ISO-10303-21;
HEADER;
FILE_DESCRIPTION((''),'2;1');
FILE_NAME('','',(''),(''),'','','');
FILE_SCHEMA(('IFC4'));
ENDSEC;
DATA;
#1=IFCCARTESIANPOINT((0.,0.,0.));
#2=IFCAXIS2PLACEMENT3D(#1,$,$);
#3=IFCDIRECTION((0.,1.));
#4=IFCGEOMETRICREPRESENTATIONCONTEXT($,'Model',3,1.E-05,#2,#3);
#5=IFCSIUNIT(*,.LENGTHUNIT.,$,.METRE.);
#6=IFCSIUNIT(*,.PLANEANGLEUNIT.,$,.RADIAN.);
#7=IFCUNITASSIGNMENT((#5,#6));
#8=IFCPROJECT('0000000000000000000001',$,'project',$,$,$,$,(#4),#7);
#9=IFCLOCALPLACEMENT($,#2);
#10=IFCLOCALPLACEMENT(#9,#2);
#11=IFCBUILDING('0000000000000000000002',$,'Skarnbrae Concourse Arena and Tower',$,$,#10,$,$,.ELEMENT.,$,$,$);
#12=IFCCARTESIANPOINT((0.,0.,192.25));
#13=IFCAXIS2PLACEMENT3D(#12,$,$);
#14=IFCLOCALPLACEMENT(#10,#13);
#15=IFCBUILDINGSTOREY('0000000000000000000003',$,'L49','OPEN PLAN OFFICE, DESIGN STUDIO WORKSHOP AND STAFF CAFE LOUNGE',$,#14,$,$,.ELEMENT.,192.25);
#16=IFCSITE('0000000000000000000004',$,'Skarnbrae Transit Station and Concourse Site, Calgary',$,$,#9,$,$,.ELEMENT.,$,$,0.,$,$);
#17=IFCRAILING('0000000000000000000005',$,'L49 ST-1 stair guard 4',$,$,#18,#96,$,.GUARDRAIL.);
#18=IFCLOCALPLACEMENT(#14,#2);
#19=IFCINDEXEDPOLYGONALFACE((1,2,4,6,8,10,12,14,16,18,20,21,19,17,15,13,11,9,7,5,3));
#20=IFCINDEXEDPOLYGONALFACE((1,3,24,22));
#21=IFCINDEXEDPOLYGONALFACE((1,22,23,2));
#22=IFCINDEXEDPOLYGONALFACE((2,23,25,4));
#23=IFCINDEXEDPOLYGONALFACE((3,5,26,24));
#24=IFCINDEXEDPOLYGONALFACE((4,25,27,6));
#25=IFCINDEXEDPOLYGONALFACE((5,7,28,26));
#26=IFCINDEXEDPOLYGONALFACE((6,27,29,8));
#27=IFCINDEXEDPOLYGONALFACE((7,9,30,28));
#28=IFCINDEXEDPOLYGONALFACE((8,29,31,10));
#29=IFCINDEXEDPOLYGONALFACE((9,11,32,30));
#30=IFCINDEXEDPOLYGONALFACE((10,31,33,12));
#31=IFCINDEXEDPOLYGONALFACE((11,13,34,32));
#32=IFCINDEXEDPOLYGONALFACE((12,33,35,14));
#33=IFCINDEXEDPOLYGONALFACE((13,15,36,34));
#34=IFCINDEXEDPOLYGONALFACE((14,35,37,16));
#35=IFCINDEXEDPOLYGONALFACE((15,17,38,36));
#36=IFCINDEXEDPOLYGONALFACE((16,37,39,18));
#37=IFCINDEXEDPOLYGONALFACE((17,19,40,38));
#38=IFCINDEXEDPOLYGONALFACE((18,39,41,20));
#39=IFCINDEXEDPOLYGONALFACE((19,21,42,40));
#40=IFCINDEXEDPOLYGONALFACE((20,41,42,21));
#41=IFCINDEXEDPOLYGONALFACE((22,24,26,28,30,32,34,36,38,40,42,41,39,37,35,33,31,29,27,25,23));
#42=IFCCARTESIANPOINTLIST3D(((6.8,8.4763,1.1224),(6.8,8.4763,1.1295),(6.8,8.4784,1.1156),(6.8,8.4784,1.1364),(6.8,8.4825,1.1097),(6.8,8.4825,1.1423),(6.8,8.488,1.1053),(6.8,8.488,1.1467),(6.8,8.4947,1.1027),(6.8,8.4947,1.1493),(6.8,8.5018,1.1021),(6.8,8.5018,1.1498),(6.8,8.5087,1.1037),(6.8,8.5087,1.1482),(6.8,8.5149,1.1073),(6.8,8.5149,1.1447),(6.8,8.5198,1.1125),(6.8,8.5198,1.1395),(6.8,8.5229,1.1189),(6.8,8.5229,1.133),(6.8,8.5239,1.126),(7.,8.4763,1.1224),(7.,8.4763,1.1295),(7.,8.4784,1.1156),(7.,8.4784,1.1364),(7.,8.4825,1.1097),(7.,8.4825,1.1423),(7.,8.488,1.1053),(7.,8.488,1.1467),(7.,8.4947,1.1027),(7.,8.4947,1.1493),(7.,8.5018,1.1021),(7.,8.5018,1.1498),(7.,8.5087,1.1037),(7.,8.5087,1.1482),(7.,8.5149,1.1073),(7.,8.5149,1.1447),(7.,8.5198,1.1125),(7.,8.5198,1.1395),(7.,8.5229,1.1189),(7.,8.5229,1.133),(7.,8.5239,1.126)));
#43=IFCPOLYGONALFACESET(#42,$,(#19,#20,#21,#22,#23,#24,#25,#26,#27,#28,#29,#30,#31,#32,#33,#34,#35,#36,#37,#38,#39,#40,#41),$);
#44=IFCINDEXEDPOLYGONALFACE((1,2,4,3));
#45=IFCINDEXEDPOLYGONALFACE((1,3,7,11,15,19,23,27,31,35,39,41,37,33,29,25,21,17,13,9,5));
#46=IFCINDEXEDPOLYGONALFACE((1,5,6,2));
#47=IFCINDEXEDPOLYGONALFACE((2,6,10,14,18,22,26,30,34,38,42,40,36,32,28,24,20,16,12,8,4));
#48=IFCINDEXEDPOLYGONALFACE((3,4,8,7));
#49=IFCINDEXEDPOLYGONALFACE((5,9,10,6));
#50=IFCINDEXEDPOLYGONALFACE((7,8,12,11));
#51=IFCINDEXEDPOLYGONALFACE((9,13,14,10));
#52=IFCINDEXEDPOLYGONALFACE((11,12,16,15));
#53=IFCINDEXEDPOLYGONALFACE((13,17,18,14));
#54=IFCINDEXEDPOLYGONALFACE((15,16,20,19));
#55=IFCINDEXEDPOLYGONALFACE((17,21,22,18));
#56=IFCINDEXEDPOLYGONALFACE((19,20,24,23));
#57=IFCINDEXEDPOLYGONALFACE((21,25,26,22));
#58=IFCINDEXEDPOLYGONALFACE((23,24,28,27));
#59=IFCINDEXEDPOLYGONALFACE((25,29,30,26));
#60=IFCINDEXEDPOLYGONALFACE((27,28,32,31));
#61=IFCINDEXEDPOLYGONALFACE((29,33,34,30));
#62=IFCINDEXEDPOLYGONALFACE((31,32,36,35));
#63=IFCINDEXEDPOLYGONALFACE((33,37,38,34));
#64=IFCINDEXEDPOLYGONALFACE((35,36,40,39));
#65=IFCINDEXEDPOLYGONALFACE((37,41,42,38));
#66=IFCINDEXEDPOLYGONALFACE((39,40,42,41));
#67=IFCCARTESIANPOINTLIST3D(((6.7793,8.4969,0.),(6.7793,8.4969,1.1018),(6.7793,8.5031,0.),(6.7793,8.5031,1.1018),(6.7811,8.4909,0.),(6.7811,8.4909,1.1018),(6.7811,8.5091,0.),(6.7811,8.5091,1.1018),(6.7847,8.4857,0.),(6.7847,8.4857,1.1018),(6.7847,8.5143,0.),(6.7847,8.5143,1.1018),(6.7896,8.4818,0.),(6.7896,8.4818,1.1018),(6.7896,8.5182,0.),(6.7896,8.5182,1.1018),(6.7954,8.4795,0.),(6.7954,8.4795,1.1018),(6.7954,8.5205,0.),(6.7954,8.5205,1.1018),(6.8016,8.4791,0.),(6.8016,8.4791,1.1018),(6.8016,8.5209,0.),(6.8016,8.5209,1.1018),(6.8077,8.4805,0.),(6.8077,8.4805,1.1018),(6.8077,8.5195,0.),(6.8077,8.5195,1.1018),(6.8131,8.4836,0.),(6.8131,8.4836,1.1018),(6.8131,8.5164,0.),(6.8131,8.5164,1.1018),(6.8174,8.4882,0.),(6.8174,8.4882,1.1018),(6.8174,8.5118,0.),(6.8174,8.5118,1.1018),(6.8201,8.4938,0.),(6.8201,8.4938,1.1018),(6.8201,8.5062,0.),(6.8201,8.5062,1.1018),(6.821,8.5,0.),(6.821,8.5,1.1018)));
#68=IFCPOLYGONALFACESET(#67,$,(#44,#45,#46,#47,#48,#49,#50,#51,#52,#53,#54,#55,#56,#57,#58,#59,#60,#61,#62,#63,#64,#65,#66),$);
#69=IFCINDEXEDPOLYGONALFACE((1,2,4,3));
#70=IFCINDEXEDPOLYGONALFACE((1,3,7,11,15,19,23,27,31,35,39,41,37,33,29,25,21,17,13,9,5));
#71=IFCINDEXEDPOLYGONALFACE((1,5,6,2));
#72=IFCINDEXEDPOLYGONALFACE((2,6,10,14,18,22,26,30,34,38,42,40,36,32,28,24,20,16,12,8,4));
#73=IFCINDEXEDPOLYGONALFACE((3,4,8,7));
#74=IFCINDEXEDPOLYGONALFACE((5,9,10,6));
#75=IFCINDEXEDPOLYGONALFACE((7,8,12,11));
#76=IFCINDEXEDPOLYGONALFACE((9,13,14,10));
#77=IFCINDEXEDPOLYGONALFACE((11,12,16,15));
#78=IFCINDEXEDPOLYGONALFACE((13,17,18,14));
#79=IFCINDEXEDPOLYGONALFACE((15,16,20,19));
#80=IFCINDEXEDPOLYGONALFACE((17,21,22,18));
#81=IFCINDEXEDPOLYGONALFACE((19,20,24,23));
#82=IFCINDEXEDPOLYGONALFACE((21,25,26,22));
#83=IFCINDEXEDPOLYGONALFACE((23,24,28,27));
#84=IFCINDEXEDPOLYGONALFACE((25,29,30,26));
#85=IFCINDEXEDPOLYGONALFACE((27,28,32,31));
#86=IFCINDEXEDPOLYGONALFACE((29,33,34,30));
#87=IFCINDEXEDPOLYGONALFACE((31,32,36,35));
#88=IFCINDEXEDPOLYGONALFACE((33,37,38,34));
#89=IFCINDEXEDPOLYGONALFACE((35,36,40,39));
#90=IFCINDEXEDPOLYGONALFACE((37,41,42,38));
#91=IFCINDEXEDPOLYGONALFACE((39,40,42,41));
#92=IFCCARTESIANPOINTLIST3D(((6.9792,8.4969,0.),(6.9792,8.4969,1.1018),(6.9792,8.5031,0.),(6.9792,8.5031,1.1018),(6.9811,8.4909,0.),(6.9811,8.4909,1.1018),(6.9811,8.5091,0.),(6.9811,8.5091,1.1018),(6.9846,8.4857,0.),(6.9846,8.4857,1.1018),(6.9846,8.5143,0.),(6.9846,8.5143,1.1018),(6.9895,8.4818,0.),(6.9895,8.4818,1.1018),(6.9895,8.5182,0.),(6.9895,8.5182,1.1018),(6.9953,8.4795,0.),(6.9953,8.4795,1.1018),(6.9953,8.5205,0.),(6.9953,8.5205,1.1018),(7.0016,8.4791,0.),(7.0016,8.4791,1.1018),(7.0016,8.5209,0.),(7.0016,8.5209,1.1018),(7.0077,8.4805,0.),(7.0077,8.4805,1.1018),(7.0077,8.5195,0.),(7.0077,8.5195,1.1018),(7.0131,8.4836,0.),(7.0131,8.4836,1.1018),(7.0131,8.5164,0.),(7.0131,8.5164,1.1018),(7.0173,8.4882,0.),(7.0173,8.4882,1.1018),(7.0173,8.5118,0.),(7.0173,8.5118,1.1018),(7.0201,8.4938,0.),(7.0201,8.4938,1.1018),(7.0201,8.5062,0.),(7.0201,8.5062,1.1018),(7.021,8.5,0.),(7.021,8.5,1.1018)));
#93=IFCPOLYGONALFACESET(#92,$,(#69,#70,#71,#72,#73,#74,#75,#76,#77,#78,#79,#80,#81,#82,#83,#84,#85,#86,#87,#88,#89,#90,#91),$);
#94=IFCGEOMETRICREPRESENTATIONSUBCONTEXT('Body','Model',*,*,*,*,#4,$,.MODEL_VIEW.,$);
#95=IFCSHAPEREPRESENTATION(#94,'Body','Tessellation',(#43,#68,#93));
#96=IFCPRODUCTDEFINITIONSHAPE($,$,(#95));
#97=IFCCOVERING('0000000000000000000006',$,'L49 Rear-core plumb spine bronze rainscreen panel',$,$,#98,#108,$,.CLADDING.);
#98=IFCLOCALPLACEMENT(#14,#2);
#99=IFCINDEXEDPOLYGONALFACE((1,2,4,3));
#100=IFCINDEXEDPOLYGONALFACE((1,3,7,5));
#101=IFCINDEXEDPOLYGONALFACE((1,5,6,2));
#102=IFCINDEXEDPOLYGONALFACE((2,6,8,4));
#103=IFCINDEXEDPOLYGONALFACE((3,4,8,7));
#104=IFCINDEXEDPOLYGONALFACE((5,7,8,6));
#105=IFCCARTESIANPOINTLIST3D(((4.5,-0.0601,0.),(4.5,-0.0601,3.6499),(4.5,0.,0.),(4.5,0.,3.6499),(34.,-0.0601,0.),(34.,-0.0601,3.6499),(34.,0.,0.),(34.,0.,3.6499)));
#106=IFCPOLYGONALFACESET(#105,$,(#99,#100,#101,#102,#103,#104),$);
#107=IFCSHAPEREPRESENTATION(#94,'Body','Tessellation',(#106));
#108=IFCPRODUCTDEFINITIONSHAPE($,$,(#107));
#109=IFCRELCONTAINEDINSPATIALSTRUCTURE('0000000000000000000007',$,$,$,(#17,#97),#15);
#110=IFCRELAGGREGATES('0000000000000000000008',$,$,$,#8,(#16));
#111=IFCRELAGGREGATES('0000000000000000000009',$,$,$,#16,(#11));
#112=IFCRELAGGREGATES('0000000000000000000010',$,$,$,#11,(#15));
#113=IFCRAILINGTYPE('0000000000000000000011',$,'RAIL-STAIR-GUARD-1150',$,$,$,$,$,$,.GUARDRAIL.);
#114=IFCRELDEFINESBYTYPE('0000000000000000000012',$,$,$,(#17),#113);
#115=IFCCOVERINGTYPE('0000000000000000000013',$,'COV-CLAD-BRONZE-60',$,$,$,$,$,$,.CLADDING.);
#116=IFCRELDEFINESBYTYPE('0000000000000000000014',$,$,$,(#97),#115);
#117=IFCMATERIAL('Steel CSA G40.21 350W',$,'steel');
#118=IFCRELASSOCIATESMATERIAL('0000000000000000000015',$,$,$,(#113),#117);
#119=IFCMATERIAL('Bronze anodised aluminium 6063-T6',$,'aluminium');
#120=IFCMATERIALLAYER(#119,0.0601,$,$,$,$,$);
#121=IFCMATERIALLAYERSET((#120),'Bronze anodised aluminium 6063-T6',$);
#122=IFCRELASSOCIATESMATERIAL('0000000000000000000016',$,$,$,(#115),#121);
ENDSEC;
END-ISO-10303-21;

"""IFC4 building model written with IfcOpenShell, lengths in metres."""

from ifc_helpers import new_model, si_unit, direction, frame, origin, origin_2d, place, context, subcontext, project, spatial, rectangle, circle, extrude, source, transform, mapped, material, layer, layer_set, type_object, element, save


model = new_model("IFC4")

# Units and contexts
model_context = context("Model", 3, precision=1e-05, world=origin(), true_north=direction((0.0, 1.0)))
body_context = subcontext(model_context, "Body", "Model", "MODEL_VIEW")
ifc_project = project(units=[si_unit("LENGTHUNIT", "METRE"), si_unit("PLANEANGLEUNIT", "RADIAN")], contexts=[model_context])

# Site, building, storey
site_placement = place(None, origin())
site = spatial("IfcSite", under=ifc_project, at=site_placement, Name="Skarnbrae Transit Station and Concourse Site, Calgary", CompositionType="ELEMENT", RefElevation=0.0)
building_placement = place(site_placement, origin())
building = spatial("IfcBuilding", under=site, at=building_placement, Name="Skarnbrae Concourse Arena and Tower", CompositionType="ELEMENT")
storey_placement = place(building_placement, frame((0.0, 0.0, 192.25)))
storey = spatial("IfcBuildingStorey", under=building, at=storey_placement, Name="L49", Description="OPEN PLAN OFFICE, DESIGN STUDIO WORKSHOP AND STAFF CAFE LOUNGE", CompositionType="ELEMENT", Elevation=192.25)

# Shared definitions
ifc_material_1 = material(Name="Steel CSA G40.21 350W", Category="steel")

# Railing
railing_type_1 = type_object("IfcRailingType", Name="RAIL-STAIR-GUARD-1150", PredefinedType="GUARDRAIL", material=ifc_material_1)
railing_1_placement = place(storey_placement, frame((6.8, 8.5, 0.0)))
element("IfcRailing", 1, at=railing_1_placement, inside=storey, type_object=railing_type_1, Name="L49 ST-1 stair guard 4", PredefinedType="GUARDRAIL", context=body_context, shape_type="SweptSolid", body=[
    extrude(circle(Radius=0.0239, at=origin_2d()), frame((0.0, 0.0, 1.126), z_axis=(1.0, 0.0, 0.0), x_axis=(0.0, 1.0, 0.0)), (0.0, 0.0, 1.0), 0.2),
    extrude(circle(Radius=0.021, at=origin_2d()), origin(), (0.0, 0.0, 1.0), 1.1018),
    extrude(circle(Radius=0.021, at=origin_2d()), frame((0.2, 0.0, 0.0)), (0.0, 0.0, 1.0), 1.1018),
])

# Covering
ifc_material_2 = material(Name="Bronze anodised aluminium 6063-T6", Category="aluminium")
ifc_layer_1 = layer(ifc_material_2, 0.0601)
ifc_layer_set_1 = layer_set([ifc_layer_1], Name="Bronze anodised aluminium 6063-T6")
covering_type = type_object("IfcCoveringType", Name="COV-CLAD-BRONZE-60", PredefinedType="CLADDING", material=ifc_layer_set_1)
shared_shape_1 = source(origin(), body_context, "Body", "SweptSolid", [
    extrude(rectangle(XDim=29.5, YDim=0.0601, at=origin_2d()), origin(), (0.0, 0.0, 1.0), 3.6499),
])
covering_placement = place(storey_placement, frame((19.25, -0.03, 0.0), z_axis=(0.0, 0.0, 1.0), x_axis=(1.0, 0.0, 0.0)))
element("IfcCovering", 2, at=covering_placement, inside=storey, type_object=covering_type, Name="L49 Rear-core plumb spine bronze rainscreen panel", PredefinedType="CLADDING", context=body_context, shape_type="MappedRepresentation", body=[
    mapped(shared_shape_1, transform((0.0, 0.0, 0.0))),
])

save(model, "model.ifc")
